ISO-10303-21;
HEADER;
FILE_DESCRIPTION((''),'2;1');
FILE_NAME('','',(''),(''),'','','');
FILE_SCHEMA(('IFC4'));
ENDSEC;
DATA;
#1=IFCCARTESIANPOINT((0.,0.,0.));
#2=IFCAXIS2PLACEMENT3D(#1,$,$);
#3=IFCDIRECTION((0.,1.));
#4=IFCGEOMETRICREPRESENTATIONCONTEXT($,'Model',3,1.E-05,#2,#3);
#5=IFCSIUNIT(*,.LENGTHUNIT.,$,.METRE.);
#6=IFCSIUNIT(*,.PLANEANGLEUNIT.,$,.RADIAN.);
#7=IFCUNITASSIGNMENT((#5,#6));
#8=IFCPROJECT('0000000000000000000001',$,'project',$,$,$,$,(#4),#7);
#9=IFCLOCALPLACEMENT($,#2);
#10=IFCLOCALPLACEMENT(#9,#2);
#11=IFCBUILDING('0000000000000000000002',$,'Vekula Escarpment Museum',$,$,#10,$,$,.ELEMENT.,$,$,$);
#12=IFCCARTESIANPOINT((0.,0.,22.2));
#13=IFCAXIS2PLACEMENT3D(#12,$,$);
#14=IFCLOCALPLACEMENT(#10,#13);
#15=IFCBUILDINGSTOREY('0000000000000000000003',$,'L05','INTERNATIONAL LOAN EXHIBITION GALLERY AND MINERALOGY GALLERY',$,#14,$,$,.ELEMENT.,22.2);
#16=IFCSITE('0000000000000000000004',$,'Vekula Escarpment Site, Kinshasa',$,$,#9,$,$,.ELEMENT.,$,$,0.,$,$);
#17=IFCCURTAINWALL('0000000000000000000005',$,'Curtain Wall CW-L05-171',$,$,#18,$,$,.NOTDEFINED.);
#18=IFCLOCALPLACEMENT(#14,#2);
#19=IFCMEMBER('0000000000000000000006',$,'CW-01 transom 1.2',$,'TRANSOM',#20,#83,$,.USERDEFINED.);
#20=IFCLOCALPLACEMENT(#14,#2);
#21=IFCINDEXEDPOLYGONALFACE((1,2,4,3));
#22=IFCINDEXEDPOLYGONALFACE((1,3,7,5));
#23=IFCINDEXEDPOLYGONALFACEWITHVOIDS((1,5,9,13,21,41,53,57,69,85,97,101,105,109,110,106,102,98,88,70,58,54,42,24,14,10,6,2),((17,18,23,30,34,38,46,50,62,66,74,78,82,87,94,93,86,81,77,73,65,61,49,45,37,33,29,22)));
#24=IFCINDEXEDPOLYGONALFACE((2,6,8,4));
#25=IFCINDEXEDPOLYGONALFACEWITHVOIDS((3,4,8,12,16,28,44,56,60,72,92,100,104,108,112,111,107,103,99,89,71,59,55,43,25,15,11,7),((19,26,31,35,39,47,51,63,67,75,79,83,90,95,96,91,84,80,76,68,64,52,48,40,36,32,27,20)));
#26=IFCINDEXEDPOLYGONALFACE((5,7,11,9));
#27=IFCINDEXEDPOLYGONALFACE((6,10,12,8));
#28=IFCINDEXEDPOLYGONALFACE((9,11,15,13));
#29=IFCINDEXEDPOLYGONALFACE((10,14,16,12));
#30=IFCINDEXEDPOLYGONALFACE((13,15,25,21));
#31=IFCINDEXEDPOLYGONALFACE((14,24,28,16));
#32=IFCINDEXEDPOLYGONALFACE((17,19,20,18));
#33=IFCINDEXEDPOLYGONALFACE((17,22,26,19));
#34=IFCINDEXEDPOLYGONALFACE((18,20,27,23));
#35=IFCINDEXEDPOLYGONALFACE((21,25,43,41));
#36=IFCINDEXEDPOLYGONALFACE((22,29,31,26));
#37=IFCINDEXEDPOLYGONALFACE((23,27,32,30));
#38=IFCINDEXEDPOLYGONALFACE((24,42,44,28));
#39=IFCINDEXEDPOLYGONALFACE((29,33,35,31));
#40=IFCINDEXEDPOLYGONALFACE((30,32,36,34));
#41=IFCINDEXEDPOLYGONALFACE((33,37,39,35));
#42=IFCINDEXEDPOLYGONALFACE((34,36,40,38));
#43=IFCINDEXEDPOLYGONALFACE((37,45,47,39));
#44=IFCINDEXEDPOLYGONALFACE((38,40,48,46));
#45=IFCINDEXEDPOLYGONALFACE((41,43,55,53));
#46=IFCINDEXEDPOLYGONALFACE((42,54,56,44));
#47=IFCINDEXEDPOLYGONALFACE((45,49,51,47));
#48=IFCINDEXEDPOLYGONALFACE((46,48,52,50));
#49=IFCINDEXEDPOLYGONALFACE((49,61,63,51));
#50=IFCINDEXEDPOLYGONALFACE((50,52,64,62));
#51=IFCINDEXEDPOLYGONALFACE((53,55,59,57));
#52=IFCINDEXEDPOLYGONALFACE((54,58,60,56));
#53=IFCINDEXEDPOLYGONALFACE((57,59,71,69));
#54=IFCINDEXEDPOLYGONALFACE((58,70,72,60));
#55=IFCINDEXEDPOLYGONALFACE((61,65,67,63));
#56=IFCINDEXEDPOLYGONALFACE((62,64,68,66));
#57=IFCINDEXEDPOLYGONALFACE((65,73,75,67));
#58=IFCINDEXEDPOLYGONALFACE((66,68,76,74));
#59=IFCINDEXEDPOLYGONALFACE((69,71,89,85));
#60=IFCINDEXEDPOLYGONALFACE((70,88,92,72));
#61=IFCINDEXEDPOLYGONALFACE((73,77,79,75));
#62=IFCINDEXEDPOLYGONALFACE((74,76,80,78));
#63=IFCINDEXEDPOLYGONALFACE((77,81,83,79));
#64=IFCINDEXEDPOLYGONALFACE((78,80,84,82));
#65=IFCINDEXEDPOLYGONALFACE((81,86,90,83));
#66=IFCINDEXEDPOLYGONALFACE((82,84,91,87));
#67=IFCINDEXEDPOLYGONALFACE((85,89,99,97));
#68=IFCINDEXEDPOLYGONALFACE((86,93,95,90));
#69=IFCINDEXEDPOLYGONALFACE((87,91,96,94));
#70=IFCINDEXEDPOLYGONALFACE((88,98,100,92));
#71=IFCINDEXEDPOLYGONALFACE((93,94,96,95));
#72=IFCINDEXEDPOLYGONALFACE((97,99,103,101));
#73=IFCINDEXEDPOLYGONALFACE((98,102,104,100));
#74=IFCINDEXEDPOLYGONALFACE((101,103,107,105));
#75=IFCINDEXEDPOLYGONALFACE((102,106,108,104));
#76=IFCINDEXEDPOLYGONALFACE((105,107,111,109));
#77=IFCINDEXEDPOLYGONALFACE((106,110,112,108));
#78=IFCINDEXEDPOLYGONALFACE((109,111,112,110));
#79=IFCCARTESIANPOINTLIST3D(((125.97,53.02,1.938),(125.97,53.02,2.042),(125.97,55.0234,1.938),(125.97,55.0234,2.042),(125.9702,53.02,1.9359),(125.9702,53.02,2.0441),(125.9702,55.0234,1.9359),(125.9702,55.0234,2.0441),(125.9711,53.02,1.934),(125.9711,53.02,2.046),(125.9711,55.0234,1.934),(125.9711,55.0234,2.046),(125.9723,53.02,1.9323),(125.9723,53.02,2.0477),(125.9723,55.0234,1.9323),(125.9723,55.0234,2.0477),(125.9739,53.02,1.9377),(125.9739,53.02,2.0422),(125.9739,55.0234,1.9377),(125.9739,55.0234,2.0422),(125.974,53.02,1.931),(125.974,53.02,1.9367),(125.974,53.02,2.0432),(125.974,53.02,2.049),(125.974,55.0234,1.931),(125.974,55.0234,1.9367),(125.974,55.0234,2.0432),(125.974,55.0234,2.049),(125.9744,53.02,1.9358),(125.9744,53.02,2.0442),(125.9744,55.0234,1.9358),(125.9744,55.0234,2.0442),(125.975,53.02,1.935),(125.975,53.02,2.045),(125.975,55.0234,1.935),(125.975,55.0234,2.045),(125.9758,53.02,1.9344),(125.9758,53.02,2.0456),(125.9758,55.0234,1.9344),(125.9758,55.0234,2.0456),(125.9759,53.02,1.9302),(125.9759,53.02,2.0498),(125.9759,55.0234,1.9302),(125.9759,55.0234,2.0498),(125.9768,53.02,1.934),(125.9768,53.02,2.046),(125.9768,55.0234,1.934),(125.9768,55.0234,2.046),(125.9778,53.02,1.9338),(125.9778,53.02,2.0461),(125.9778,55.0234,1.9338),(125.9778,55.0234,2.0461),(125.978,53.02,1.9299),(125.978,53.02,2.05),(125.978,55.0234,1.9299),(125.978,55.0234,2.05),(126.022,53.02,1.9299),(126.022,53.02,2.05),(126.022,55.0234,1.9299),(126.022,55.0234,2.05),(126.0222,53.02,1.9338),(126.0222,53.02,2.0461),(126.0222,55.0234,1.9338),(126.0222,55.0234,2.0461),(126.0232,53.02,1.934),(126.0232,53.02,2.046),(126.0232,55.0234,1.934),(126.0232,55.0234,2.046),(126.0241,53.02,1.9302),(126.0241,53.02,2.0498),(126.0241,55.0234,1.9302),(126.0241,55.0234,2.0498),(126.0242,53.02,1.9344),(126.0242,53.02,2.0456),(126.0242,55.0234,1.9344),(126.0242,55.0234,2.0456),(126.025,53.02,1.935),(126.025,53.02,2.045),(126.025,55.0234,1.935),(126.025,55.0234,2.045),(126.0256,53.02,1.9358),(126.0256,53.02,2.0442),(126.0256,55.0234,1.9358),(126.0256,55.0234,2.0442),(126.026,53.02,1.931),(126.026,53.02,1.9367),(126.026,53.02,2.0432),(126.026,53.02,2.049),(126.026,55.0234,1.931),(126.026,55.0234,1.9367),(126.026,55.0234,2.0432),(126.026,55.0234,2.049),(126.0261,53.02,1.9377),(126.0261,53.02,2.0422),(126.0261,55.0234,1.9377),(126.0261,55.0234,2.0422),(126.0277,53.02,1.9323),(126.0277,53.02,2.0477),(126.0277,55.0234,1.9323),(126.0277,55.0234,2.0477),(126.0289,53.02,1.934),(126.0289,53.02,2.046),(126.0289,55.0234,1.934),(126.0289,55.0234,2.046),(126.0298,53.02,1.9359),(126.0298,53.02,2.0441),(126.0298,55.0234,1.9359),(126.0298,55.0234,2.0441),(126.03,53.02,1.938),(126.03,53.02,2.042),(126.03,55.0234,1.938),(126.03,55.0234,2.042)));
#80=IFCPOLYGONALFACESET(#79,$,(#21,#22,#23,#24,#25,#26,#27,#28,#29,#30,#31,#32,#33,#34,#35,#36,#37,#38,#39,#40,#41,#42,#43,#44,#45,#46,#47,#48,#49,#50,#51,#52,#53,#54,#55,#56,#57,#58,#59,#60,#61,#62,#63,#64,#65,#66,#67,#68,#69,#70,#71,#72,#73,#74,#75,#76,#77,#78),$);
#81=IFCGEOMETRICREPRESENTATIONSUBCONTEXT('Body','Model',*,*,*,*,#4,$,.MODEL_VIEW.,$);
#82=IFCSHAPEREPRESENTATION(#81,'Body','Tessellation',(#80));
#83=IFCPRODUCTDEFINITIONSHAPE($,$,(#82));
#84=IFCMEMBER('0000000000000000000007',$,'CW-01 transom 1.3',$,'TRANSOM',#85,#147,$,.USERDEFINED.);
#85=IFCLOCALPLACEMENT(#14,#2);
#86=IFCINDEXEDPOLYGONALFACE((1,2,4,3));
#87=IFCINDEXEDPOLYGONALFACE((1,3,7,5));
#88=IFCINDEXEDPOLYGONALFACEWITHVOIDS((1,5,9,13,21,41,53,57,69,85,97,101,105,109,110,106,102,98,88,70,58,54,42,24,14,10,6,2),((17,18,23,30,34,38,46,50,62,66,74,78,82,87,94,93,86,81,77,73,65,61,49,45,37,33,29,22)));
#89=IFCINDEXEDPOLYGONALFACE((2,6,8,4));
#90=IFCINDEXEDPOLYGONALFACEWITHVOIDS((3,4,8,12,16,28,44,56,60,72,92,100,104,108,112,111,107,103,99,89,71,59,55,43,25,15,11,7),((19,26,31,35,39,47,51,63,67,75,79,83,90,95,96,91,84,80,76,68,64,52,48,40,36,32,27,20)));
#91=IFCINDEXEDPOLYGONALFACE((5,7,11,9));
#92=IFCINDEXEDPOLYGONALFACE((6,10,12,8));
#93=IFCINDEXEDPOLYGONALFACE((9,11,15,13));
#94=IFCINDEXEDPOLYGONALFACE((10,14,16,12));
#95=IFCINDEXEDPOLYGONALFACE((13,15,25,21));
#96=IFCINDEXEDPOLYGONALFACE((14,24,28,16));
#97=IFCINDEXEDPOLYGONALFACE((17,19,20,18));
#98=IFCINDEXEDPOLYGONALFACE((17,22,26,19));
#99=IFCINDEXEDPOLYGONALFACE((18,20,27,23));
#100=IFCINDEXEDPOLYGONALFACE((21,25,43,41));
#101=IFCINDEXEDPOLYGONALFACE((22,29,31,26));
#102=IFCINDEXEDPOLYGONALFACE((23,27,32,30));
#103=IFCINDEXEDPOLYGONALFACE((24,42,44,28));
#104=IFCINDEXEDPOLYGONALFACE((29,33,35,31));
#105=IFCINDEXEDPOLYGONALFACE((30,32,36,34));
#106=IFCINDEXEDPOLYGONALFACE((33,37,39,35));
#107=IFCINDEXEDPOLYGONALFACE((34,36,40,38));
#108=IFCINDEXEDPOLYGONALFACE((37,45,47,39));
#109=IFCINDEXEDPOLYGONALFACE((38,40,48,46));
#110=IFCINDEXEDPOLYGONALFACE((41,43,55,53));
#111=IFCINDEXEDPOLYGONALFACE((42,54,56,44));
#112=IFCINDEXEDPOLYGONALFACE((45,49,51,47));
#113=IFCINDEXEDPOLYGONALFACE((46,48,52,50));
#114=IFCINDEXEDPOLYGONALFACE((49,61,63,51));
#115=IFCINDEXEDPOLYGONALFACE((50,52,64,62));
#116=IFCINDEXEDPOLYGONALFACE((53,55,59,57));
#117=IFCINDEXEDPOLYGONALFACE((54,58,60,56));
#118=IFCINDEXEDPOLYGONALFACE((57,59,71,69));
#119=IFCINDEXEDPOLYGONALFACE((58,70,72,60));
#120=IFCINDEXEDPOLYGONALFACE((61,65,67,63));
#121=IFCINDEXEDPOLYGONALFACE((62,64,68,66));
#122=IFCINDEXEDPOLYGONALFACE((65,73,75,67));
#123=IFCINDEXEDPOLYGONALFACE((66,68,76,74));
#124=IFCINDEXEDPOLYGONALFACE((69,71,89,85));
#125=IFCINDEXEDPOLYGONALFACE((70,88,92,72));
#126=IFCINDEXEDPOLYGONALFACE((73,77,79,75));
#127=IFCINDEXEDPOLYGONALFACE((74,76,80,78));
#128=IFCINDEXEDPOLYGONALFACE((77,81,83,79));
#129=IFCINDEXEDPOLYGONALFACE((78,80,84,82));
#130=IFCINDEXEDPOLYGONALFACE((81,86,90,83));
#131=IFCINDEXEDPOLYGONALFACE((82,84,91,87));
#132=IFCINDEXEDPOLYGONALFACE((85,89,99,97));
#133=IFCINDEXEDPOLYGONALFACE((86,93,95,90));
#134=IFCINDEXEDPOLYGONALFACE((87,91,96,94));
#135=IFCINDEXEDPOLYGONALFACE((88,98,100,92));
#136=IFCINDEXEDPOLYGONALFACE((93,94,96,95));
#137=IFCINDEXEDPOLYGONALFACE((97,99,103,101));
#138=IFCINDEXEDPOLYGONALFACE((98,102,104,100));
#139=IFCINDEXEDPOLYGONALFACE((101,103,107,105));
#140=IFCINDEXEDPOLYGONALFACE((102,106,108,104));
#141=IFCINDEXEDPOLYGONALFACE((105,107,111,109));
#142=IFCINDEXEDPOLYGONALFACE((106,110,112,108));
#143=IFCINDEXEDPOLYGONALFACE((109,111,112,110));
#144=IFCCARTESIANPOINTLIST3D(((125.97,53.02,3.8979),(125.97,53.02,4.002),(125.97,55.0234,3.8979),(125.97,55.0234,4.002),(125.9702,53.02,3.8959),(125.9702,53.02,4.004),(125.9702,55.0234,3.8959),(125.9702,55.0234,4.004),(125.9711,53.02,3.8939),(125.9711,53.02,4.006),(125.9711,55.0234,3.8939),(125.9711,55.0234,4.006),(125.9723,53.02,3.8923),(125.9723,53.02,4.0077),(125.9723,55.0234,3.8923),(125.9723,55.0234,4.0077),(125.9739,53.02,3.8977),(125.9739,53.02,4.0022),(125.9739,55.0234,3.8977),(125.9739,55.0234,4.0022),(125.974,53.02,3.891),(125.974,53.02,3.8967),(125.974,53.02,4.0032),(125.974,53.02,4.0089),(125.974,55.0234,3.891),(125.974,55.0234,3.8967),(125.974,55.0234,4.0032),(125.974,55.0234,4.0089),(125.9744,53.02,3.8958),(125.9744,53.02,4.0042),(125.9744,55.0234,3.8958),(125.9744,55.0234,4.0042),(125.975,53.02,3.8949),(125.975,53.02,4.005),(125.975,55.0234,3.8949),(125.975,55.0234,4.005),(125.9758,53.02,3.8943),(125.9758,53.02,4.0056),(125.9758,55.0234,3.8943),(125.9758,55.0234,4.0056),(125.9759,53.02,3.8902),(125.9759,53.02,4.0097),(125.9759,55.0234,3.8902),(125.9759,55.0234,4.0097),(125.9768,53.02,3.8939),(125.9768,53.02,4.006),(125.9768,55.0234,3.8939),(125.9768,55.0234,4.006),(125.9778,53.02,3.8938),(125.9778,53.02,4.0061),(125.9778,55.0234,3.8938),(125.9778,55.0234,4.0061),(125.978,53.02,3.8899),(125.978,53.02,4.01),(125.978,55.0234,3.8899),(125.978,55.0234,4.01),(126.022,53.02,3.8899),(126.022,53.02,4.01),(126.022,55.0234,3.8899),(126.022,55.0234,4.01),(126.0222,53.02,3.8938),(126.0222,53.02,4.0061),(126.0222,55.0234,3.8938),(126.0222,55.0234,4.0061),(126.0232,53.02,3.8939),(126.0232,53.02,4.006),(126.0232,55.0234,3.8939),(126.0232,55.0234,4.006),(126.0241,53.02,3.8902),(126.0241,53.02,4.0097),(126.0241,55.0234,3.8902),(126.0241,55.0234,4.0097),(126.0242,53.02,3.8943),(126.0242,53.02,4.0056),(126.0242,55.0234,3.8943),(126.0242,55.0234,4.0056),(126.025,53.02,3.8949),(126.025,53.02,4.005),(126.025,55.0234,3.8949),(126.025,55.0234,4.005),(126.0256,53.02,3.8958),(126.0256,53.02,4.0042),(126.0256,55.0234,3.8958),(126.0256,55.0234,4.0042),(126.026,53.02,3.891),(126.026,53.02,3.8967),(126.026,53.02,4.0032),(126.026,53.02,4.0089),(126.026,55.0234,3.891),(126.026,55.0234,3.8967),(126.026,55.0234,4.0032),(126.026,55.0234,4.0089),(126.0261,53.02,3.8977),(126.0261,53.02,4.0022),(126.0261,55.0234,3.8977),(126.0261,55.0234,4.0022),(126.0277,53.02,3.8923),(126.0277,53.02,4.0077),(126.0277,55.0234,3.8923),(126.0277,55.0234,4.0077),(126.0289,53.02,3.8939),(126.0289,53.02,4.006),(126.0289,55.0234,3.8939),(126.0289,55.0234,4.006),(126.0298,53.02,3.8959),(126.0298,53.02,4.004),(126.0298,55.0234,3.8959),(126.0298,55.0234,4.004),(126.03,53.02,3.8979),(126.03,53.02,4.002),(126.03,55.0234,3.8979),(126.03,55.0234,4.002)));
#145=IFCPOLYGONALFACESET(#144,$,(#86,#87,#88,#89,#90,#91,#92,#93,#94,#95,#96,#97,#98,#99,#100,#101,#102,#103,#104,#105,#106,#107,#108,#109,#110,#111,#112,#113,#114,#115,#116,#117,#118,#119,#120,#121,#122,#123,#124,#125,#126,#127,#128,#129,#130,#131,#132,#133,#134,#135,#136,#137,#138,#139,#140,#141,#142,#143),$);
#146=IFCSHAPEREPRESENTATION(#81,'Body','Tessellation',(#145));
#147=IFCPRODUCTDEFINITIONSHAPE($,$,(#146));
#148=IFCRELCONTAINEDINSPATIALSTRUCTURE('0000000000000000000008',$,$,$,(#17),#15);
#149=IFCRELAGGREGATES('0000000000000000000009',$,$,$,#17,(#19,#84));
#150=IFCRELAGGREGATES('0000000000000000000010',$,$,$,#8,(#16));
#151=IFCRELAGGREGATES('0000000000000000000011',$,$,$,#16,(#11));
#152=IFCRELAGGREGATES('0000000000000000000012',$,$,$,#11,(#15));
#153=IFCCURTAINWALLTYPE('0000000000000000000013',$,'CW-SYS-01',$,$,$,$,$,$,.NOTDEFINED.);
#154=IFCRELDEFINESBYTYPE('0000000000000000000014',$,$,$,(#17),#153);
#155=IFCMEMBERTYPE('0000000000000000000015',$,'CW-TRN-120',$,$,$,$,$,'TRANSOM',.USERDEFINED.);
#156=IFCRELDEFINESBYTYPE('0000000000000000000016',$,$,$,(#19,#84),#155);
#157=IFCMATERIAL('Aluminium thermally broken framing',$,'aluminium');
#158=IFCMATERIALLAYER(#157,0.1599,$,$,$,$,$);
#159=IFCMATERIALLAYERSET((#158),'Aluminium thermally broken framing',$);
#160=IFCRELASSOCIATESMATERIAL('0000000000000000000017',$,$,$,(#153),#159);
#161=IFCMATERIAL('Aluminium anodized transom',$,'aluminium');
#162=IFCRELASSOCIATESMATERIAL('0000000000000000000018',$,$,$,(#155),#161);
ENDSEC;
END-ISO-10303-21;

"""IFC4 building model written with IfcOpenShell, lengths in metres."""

from ifc_helpers import new_model, si_unit, direction, frame, origin, origin_2d, place, context, subcontext, project, spatial, hollow_rectangle, extrude, material, layer, layer_set, material_profile, profile_set, type_object, element, aggregate, save


model = new_model("IFC4")

# Units and contexts
model_context = context("Model", 3, precision=1e-05, world=origin(), true_north=direction((0.0, 1.0)))
body_context = subcontext(model_context, "Body", "Model", "MODEL_VIEW")
ifc_project = project(units=[si_unit("LENGTHUNIT", "METRE"), si_unit("PLANEANGLEUNIT", "RADIAN")], contexts=[model_context])

# Site, building, storey
site_placement = place(None, origin())
site = spatial("IfcSite", under=ifc_project, at=site_placement, Name="Vekula Escarpment Site, Kinshasa", CompositionType="ELEMENT", RefElevation=0.0)
building_placement = place(site_placement, origin())
building = spatial("IfcBuilding", under=site, at=building_placement, Name="Vekula Escarpment Museum", CompositionType="ELEMENT")
storey_placement = place(building_placement, frame((0.0, 0.0, 22.2)))
storey = spatial("IfcBuildingStorey", under=building, at=storey_placement, Name="L05", Description="INTERNATIONAL LOAN EXHIBITION GALLERY AND MINERALOGY GALLERY", CompositionType="ELEMENT", Elevation=22.2)

# Curtain wall, members
ifc_material_1 = material(Name="Aluminium thermally broken framing", Category="aluminium")
ifc_layer_1 = layer(ifc_material_1, 0.1599)
ifc_layer_set_1 = layer_set([ifc_layer_1], Name="Aluminium thermally broken framing")
curtain_wall_type = type_object("IfcCurtainWallType", Name="CW-SYS-01", PredefinedType="NOTDEFINED", material=ifc_layer_set_1)
curtain_wall_placement = place(storey_placement, origin())
curtain_wall = element("IfcCurtainWall", 1, at=curtain_wall_placement, inside=storey, type_object=curtain_wall_type, Name="Curtain Wall CW-L05-171", PredefinedType="NOTDEFINED")
ifc_material_2 = material(Name="Aluminium anodized transom", Category="aluminium")
ifc_material_profile_1 = material_profile(ifc_material_2, hollow_rectangle(XDim=0.0601, YDim=0.1201, WallThickness=0.0039, InnerFilletRadius=0.0039, OuterFilletRadius=0.0081, at=origin_2d()), Name="ALU 120x60x4")
ifc_profile_set_1 = profile_set([ifc_material_profile_1], Name="Aluminium anodized transom")
member_type_1 = type_object("IfcMemberType", Name="CW-TRN-120", ElementType="TRANSOM", PredefinedType="USERDEFINED", material=ifc_profile_set_1)
member_1_placement = place(storey_placement, frame((126.0, 53.02, 1.99), z_axis=(0.0, 1.0, 0.0), x_axis=(-1.0, 0.0, 0.0)))
member_1 = element("IfcMember", 2, at=member_1_placement, type_object=member_type_1, Name="CW-01 transom 1.2", ObjectType="TRANSOM", PredefinedType="USERDEFINED", context=body_context, shape_type="SweptSolid", body=[
    extrude(hollow_rectangle(XDim=0.0601, YDim=0.1201, WallThickness=0.0039, InnerFilletRadius=0.0039, OuterFilletRadius=0.0081, at=origin_2d()), origin(), (0.0, 0.0, 1.0), 2.0034),
])
member_2_placement = place(storey_placement, frame((126.0, 53.02, 3.95), z_axis=(0.0, 1.0, 0.0), x_axis=(-1.0, 0.0, 0.0)))
member_2 = element("IfcMember", 3, at=member_2_placement, type_object=member_type_1, Name="CW-01 transom 1.3", ObjectType="TRANSOM", PredefinedType="USERDEFINED", context=body_context, shape_type="SweptSolid", body=[
    extrude(hollow_rectangle(XDim=0.0601, YDim=0.1201, WallThickness=0.0039, InnerFilletRadius=0.0039, OuterFilletRadius=0.0081, at=origin_2d()), origin(), (0.0, 0.0, 1.0), 2.0034),
])

aggregate(curtain_wall, [member_1, member_2])

save(model, "model.ifc")
